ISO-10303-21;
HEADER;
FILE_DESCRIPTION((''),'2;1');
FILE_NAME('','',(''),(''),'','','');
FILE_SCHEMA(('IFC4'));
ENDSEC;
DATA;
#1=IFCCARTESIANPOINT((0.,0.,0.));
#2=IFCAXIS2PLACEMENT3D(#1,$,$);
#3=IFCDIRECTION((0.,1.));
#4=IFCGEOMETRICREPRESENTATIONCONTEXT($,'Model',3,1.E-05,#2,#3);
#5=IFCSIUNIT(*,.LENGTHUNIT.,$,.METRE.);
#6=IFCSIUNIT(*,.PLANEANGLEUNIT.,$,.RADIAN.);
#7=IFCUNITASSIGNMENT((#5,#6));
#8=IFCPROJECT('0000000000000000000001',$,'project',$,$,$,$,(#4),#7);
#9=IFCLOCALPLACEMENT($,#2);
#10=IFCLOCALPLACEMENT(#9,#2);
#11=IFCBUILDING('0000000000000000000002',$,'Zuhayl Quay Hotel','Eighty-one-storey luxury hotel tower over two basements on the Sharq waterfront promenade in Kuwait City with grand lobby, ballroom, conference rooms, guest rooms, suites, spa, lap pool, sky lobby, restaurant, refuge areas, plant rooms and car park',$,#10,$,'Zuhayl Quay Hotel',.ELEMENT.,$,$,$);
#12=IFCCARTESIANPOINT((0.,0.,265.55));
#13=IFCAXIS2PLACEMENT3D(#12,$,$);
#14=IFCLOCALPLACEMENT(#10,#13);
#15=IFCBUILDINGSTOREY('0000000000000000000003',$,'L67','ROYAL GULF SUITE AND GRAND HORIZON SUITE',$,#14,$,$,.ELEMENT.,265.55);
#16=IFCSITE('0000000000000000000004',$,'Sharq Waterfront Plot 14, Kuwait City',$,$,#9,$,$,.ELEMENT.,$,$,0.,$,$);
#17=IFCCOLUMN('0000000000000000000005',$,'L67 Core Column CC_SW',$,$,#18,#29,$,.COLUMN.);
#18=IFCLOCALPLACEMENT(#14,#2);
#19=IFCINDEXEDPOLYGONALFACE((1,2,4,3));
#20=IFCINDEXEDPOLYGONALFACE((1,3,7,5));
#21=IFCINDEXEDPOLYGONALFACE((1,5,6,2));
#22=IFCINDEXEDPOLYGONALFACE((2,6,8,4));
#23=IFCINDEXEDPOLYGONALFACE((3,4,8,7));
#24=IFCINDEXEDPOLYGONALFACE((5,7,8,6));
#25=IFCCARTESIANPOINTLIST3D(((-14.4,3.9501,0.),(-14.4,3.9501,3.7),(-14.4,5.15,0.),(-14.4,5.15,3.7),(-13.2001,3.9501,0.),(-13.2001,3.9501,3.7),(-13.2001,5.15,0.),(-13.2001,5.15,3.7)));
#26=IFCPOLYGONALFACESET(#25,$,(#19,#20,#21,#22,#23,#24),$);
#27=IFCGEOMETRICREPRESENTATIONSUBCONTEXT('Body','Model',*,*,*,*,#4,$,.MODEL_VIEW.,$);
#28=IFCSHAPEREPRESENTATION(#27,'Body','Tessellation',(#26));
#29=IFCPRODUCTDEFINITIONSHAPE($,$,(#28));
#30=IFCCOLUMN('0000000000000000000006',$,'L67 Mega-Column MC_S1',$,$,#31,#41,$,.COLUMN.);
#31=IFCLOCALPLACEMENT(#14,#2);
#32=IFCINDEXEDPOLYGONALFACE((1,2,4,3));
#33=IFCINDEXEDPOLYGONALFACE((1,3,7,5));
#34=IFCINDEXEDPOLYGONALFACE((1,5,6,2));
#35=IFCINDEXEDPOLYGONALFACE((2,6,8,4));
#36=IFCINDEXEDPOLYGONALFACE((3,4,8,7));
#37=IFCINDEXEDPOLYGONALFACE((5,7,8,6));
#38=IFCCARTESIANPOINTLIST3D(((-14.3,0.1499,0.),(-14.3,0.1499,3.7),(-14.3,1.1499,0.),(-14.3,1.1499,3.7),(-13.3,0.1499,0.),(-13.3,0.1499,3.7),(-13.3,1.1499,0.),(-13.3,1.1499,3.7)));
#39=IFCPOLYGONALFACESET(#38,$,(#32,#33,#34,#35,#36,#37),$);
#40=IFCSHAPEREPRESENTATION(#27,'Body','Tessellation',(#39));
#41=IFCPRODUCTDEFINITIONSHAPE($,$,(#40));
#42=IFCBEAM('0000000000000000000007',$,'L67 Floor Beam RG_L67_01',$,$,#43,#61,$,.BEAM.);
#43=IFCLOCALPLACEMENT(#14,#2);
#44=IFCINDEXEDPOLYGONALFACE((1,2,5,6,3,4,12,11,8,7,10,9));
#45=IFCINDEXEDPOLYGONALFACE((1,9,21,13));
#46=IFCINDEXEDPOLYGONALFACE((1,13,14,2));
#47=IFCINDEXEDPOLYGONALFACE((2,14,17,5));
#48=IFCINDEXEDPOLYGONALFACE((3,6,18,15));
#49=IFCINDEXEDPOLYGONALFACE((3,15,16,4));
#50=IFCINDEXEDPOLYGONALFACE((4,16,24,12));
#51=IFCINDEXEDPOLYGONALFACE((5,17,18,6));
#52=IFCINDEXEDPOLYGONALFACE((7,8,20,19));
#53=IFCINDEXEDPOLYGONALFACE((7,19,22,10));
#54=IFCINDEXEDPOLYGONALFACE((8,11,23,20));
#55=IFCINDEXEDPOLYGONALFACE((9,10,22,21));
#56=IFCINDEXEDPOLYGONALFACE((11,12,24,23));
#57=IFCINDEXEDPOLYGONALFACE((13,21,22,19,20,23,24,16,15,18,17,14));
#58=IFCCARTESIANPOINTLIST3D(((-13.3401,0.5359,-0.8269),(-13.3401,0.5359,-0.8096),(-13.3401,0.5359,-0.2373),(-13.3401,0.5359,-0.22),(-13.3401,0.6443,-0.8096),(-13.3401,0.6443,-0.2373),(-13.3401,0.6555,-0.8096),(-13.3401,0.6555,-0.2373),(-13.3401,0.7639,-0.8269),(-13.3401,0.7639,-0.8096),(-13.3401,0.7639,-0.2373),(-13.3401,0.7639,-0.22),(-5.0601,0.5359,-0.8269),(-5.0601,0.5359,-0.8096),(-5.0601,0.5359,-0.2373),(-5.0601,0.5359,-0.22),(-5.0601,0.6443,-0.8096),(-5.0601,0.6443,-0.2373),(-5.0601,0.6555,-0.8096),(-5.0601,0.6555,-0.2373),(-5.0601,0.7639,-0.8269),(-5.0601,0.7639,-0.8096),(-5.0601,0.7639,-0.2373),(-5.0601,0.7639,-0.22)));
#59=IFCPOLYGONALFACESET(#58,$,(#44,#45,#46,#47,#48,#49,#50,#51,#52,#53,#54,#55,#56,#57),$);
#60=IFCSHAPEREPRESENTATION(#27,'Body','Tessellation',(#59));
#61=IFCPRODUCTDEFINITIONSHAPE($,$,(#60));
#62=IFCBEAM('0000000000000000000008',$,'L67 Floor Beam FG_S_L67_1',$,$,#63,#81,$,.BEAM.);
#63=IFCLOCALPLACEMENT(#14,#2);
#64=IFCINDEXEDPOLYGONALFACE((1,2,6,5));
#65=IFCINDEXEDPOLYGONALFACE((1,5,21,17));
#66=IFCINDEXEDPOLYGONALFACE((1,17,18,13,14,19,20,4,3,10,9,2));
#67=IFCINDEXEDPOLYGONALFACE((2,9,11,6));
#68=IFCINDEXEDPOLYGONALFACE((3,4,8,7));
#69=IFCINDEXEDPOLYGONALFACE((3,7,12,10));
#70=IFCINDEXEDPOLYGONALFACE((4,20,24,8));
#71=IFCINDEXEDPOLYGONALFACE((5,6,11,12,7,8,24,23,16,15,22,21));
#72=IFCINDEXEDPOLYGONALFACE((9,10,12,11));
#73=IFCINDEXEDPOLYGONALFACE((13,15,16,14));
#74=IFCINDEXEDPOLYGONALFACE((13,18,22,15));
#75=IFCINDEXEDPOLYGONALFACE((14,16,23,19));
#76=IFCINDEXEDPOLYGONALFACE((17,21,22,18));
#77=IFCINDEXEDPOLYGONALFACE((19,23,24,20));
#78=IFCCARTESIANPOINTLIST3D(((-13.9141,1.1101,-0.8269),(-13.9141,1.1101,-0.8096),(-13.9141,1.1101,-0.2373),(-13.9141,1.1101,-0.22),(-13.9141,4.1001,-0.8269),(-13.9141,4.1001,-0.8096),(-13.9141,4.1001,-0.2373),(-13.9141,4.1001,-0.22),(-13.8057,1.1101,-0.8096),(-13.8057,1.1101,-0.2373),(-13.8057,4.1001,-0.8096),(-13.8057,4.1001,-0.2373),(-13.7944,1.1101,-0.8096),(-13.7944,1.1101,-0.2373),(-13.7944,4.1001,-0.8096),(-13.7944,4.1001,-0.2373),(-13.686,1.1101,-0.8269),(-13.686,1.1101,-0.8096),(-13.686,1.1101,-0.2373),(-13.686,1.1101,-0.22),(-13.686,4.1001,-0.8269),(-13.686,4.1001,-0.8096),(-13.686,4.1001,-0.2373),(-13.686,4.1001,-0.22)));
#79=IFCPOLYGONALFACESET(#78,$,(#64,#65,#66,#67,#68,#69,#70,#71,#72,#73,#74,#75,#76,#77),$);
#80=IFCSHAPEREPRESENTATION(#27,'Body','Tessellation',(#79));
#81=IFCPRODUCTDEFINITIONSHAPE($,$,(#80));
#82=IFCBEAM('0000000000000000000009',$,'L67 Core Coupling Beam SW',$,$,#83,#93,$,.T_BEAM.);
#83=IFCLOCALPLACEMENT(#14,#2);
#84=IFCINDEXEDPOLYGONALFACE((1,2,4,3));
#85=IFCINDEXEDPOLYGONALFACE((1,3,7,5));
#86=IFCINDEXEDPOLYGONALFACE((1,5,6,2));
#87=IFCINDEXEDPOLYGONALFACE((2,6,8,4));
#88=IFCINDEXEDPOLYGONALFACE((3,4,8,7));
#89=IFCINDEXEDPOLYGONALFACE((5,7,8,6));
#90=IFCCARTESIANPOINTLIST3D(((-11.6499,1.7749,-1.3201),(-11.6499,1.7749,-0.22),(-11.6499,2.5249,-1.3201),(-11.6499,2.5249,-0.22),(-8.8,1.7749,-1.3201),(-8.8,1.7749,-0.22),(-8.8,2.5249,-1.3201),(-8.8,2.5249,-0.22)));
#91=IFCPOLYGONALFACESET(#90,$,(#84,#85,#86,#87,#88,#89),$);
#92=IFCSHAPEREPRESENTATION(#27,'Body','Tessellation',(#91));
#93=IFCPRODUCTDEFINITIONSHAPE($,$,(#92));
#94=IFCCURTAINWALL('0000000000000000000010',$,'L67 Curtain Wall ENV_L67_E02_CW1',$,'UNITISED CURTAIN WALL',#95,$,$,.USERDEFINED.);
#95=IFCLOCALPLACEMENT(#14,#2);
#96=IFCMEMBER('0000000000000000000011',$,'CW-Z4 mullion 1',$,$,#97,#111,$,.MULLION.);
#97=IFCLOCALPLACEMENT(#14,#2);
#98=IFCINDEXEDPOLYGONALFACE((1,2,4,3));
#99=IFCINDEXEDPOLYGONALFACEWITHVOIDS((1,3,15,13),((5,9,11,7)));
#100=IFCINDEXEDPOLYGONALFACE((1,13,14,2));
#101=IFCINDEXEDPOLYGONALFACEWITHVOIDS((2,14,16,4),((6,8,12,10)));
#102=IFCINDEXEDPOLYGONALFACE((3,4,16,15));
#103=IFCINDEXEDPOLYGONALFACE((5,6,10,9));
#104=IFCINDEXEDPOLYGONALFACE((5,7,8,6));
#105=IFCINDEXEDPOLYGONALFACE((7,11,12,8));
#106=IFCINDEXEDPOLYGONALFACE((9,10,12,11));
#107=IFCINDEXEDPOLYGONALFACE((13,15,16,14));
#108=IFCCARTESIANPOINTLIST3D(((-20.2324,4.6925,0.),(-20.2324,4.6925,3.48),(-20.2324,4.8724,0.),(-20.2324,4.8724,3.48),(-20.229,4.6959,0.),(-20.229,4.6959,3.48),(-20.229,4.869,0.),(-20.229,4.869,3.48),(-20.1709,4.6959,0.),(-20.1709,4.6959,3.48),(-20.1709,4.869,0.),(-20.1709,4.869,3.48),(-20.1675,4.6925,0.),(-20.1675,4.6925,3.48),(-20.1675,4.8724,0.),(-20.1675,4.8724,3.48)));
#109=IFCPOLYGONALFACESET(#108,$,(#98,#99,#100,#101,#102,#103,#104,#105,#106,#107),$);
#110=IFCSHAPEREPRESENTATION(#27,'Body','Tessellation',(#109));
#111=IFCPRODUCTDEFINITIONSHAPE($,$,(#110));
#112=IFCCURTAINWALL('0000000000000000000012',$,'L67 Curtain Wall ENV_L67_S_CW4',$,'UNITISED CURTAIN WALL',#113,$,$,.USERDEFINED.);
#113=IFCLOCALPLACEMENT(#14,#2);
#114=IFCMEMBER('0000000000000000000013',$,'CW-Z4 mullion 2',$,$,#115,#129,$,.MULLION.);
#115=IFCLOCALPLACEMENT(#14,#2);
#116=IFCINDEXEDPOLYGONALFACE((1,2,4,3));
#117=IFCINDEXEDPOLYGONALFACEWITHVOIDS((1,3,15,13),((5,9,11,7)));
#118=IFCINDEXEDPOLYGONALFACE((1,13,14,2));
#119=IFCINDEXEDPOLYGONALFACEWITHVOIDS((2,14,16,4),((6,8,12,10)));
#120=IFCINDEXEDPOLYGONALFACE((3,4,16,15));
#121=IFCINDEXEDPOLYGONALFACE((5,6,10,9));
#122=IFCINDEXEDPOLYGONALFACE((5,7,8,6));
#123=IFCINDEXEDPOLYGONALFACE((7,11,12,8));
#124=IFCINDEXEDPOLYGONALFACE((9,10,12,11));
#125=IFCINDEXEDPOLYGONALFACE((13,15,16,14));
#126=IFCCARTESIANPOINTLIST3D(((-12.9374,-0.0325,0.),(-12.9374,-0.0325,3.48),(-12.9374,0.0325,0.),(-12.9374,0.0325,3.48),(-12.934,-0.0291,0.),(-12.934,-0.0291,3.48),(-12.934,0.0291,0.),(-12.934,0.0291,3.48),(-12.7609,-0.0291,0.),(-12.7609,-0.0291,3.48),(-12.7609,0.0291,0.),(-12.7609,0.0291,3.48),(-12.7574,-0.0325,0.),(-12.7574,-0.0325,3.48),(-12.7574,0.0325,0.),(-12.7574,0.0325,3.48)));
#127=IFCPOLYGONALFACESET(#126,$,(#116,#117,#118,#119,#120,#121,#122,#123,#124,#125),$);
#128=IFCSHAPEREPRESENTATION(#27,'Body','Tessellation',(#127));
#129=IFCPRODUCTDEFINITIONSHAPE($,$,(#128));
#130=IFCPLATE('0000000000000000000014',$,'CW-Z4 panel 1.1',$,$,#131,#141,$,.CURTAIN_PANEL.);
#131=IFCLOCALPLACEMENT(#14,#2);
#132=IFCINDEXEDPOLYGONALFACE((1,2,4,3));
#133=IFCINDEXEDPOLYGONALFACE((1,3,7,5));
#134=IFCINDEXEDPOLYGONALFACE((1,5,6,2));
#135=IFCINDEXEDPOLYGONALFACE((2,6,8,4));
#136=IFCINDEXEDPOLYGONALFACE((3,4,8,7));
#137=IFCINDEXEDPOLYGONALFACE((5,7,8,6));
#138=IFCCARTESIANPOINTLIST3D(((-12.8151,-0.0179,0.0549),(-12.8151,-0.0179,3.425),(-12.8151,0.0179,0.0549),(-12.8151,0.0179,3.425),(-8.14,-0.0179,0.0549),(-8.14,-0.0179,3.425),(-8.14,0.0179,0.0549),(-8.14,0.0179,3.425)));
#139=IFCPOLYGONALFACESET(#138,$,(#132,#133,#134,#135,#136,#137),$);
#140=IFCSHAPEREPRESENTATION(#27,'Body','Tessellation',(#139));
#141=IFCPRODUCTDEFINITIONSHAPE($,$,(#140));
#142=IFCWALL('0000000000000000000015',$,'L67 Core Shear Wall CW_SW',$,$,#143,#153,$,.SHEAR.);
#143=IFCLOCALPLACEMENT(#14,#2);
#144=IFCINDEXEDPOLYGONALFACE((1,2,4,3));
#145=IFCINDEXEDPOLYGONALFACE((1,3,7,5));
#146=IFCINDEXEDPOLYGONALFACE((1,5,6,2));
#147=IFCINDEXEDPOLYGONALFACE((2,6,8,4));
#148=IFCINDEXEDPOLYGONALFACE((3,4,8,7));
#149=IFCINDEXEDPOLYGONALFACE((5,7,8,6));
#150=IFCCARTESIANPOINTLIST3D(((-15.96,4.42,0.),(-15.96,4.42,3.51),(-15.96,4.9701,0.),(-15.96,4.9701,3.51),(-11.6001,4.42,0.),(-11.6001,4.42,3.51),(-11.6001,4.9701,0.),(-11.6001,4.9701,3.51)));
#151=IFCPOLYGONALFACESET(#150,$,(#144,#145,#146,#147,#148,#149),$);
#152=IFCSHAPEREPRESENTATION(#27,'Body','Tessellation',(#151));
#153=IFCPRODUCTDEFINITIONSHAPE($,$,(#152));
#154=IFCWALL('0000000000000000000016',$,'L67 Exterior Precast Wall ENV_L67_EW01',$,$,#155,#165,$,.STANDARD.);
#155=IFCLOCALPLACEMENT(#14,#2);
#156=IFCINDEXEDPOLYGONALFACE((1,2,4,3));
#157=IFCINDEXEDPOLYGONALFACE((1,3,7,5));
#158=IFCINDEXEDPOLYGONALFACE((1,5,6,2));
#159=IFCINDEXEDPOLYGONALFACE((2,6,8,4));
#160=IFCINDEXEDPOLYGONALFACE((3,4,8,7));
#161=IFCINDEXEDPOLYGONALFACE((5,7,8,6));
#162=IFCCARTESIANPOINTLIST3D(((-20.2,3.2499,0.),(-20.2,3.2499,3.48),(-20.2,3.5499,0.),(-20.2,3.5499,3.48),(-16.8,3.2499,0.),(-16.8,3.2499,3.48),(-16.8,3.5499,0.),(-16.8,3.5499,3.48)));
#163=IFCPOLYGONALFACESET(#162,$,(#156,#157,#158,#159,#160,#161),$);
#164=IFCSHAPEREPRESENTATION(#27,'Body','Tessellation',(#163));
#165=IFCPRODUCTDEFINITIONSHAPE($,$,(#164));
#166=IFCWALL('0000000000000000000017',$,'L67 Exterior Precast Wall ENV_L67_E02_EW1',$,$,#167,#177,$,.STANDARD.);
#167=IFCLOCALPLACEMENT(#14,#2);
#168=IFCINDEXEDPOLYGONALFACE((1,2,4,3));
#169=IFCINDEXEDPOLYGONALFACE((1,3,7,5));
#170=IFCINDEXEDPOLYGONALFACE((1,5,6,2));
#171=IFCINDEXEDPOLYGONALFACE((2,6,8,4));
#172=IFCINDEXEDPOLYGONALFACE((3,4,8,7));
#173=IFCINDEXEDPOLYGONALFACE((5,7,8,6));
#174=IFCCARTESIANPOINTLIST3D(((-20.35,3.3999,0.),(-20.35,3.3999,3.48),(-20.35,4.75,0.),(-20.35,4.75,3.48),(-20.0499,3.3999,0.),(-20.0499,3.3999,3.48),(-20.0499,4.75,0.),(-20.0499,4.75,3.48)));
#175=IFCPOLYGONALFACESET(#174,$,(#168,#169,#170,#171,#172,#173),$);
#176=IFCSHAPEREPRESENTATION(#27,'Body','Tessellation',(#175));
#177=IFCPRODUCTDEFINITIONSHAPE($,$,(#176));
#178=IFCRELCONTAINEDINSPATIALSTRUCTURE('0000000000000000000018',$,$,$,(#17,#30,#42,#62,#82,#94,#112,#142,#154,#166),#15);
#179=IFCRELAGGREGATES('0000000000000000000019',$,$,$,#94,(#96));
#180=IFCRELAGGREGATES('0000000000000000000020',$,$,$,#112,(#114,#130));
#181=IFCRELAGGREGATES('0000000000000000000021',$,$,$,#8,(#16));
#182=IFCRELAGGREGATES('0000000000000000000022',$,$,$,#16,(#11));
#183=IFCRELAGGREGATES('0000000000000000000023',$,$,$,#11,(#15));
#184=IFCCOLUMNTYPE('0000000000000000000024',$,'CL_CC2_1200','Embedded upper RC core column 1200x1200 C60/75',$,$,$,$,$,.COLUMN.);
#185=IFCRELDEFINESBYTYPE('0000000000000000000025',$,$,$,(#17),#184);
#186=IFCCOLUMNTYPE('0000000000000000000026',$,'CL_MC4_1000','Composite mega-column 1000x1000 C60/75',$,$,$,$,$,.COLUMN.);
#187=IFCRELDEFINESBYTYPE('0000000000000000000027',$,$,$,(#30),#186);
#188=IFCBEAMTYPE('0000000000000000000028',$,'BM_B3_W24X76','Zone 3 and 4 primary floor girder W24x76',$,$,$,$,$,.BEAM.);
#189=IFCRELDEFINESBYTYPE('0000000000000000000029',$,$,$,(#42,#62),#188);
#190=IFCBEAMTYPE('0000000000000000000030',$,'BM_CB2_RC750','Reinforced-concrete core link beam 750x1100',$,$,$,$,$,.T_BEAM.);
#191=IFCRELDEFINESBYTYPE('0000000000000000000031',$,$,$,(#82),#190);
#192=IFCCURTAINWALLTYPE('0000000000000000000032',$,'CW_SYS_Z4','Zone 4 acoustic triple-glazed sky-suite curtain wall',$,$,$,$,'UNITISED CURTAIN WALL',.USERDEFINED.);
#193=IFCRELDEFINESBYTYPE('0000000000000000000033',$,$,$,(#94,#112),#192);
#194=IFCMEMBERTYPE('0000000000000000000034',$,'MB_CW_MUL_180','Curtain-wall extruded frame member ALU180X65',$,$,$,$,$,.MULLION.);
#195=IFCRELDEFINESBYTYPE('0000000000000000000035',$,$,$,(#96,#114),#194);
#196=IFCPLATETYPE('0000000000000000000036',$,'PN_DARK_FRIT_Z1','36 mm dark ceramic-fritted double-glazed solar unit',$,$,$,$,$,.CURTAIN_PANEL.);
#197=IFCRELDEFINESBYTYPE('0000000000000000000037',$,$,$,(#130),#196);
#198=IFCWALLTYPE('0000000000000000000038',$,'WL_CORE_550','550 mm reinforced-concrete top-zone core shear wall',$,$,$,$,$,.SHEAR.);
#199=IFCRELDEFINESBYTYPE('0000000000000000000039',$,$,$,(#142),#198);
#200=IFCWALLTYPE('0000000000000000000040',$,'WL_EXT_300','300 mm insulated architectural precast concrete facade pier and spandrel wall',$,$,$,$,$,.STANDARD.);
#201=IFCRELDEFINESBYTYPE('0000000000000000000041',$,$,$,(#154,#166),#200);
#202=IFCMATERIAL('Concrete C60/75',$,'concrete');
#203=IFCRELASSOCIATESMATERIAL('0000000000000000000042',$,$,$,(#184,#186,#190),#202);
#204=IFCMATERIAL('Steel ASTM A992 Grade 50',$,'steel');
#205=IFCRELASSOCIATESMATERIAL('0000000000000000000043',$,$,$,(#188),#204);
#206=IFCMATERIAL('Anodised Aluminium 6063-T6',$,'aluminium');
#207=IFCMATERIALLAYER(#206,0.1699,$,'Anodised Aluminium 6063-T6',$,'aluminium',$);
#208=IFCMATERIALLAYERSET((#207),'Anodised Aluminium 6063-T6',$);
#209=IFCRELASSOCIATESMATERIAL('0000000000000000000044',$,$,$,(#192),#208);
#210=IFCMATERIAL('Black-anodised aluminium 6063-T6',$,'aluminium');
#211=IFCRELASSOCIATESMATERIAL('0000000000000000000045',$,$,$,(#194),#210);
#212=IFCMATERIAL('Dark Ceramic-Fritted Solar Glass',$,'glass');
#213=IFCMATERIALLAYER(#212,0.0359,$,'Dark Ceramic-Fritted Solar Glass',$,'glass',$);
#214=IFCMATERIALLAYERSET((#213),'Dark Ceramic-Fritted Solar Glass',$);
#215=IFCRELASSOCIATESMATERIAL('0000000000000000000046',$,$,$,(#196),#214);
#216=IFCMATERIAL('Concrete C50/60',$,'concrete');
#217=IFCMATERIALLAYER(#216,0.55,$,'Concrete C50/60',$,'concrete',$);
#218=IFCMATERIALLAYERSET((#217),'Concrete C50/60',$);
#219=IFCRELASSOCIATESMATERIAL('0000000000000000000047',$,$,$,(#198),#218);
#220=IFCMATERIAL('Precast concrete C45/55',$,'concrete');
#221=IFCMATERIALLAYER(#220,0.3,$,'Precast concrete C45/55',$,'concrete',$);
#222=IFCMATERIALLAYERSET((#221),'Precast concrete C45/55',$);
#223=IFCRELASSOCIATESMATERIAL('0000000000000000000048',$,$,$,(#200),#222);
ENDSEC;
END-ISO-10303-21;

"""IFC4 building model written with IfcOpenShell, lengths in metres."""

from ifc_helpers import new_model, si_unit, direction, frame, frame_2d, origin, origin_2d, place, context, subcontext, project, spatial, rectangle, hollow_rectangle, i_section, extrude, material, layer, layer_set, material_profile, profile_set, type_object, element, aggregate, save


model = new_model("IFC4")

# Units and contexts
model_context = context("Model", 3, precision=1e-05, world=origin(), true_north=direction((0.0, 1.0)))
body_context = subcontext(model_context, "Body", "Model", "MODEL_VIEW")
ifc_project = project(units=[si_unit("LENGTHUNIT", "METRE"), si_unit("PLANEANGLEUNIT", "RADIAN")], contexts=[model_context])

# Site, building, storey
site_placement = place(None, origin())
site = spatial("IfcSite", under=ifc_project, at=site_placement, Name="Sharq Waterfront Plot 14, Kuwait City", CompositionType="ELEMENT", RefElevation=0.0)
building_placement = place(site_placement, origin())
building = spatial("IfcBuilding", under=site, at=building_placement, Name="Zuhayl Quay Hotel", Description="Eighty-one-storey luxury hotel tower over two basements on the Sharq waterfront promenade in Kuwait City with grand lobby, ballroom, conference rooms, guest rooms, suites, spa, lap pool, sky lobby, restaurant, refuge areas, plant rooms and car park", LongName="Zuhayl Quay Hotel", CompositionType="ELEMENT")
storey_placement = place(building_placement, frame((0.0, 0.0, 265.55)))
storey = spatial("IfcBuildingStorey", under=building, at=storey_placement, Name="L67", Description="ROYAL GULF SUITE AND GRAND HORIZON SUITE", CompositionType="ELEMENT", Elevation=265.55)

# Columns
ifc_material_1 = material(Name="Concrete C60/75", Category="concrete")
ifc_material_profile_1 = material_profile(ifc_material_1, rectangle(XDim=1.2, YDim=1.2, at=origin_2d()), Name="RC1200X1200")
ifc_profile_set_1 = profile_set([ifc_material_profile_1], Name="Concrete C60/75")
column_type_1 = type_object("IfcColumnType", Name="CL_CC2_1200", Description="Embedded upper RC core column 1200x1200 C60/75", PredefinedType="COLUMN", material=ifc_profile_set_1)
column_1_placement = place(storey_placement, frame((-13.8, 4.55, 0.0), z_axis=(0.0, 0.0, 1.0), x_axis=(1.0, 0.0, 0.0)))
element("IfcColumn", 1, at=column_1_placement, inside=storey, type_object=column_type_1, Name="L67 Core Column CC_SW", PredefinedType="COLUMN", context=body_context, shape_type="SweptSolid", body=[
    extrude(rectangle(XDim=1.2, YDim=1.2, at=origin_2d()), origin(), (0.0, 0.0, 1.0), 3.7),
])
ifc_material_profile_2 = material_profile(ifc_material_1, rectangle(XDim=1.0, YDim=1.0, at=origin_2d()), Name="RC1000X1000")
ifc_profile_set_2 = profile_set([ifc_material_profile_2], Name="Concrete C60/75")
column_type_2 = type_object("IfcColumnType", Name="CL_MC4_1000", Description="Composite mega-column 1000x1000 C60/75", PredefinedType="COLUMN", material=ifc_profile_set_2)
column_2_placement = place(storey_placement, frame((-13.8, 0.6499, 0.0), z_axis=(0.0, 0.0, 1.0), x_axis=(1.0, 0.0, 0.0)))
element("IfcColumn", 2, at=column_2_placement, inside=storey, type_object=column_type_2, Name="L67 Mega-Column MC_S1", PredefinedType="COLUMN", context=body_context, shape_type="SweptSolid", body=[
    extrude(rectangle(XDim=1.0, YDim=1.0, at=origin_2d()), origin(), (0.0, 0.0, 1.0), 3.7),
])

# Beams
ifc_material_2 = material(Name="Steel ASTM A992 Grade 50", Category="steel")
ifc_material_profile_3 = material_profile(ifc_material_2, i_section(OverallWidth=0.228, OverallDepth=0.6069, WebThickness=0.0112, FlangeThickness=0.0173, at=origin_2d()), Name="W24X76")
ifc_profile_set_3 = profile_set([ifc_material_profile_3], Name="Steel ASTM A992 Grade 50")
beam_type_1 = type_object("IfcBeamType", Name="BM_B3_W24X76", Description="Zone 3 and 4 primary floor girder W24x76", PredefinedType="BEAM", material=ifc_profile_set_3)
beam_1_placement = place(storey_placement, frame((-13.3401, 0.6499, -0.5234), z_axis=(1.0, 0.0, 0.0), x_axis=(0.0, 1.0, 0.0)))
element("IfcBeam", 3, at=beam_1_placement, inside=storey, type_object=beam_type_1, Name="L67 Floor Beam RG_L67_01", PredefinedType="BEAM", context=body_context, shape_type="SweptSolid", body=[
    extrude(i_section(OverallWidth=0.228, OverallDepth=0.6069, WebThickness=0.0112, FlangeThickness=0.0173, at=origin_2d()), origin(), (0.0, 0.0, 1.0), 8.28),
])
beam_2_placement = place(storey_placement, frame((-13.8, 1.1101, -0.5234), z_axis=(0.0, 1.0, 0.0), x_axis=(-1.0, 0.0, 0.0)))
element("IfcBeam", 4, at=beam_2_placement, inside=storey, type_object=beam_type_1, Name="L67 Floor Beam FG_S_L67_1", PredefinedType="BEAM", context=body_context, shape_type="SweptSolid", body=[
    extrude(i_section(OverallWidth=0.228, OverallDepth=0.6069, WebThickness=0.0112, FlangeThickness=0.0173, at=origin_2d()), origin(), (0.0, 0.0, 1.0), 2.99),
])
ifc_material_profile_4 = material_profile(ifc_material_1, rectangle(XDim=0.75, YDim=1.1001, at=origin_2d()), Name="RC750X1100")
ifc_profile_set_4 = profile_set([ifc_material_profile_4], Name="Concrete C60/75")
beam_type_2 = type_object("IfcBeamType", Name="BM_CB2_RC750", Description="Reinforced-concrete core link beam 750x1100", PredefinedType="T_BEAM", material=ifc_profile_set_4)
beam_3_placement = place(storey_placement, frame((-11.6499, 2.1499, -0.77), z_axis=(1.0, 0.0, 0.0), x_axis=(0.0, 1.0, 0.0)))
element("IfcBeam", 5, at=beam_3_placement, inside=storey, type_object=beam_type_2, Name="L67 Core Coupling Beam SW", PredefinedType="T_BEAM", context=body_context, shape_type="SweptSolid", body=[
    extrude(rectangle(XDim=0.75, YDim=1.1001, at=origin_2d()), origin(), (0.0, 0.0, 1.0), 2.8499),
])

# Curtain wall, member
ifc_material_3 = material(Name="Anodised Aluminium 6063-T6", Category="aluminium")
ifc_layer_1 = layer(ifc_material_3, 0.1699, Name="Anodised Aluminium 6063-T6", Category="aluminium")
ifc_layer_set_1 = layer_set([ifc_layer_1], Name="Anodised Aluminium 6063-T6")
curtain_wall_type = type_object("IfcCurtainWallType", Name="CW_SYS_Z4", Description="Zone 4 acoustic triple-glazed sky-suite curtain wall", ElementType="UNITISED CURTAIN WALL", PredefinedType="USERDEFINED", material=ifc_layer_set_1)
curtain_wall_1_placement = place(storey_placement, origin())
curtain_wall_1 = element("IfcCurtainWall", 6, at=curtain_wall_1_placement, inside=storey, type_object=curtain_wall_type, Name="L67 Curtain Wall ENV_L67_E02_CW1", ObjectType="UNITISED CURTAIN WALL", PredefinedType="USERDEFINED")
ifc_material_4 = material(Name="Black-anodised aluminium 6063-T6", Category="aluminium")
ifc_material_profile_5 = material_profile(ifc_material_4, hollow_rectangle(XDim=0.0649, YDim=0.1799, WallThickness=0.0034, at=origin_2d()), Name="ALU180X65")
ifc_profile_set_5 = profile_set([ifc_material_profile_5], Name="Black-anodised aluminium 6063-T6")
member_type = type_object("IfcMemberType", Name="MB_CW_MUL_180", Description="Curtain-wall extruded frame member ALU180X65", PredefinedType="MULLION", material=ifc_profile_set_5)
member_1_placement = place(storey_placement, frame((-20.2, 4.7825, 0.0), z_axis=(0.0, 0.0, 1.0), x_axis=(-1.0, 0.0, 0.0)))
member_1 = element("IfcMember", 7, at=member_1_placement, type_object=member_type, Name="CW-Z4 mullion 1", PredefinedType="MULLION", context=body_context, shape_type="SweptSolid", body=[
    extrude(hollow_rectangle(XDim=0.0649, YDim=0.1799, WallThickness=0.0034, at=origin_2d()), origin(), (0.0, 0.0, 1.0), 3.48),
])
aggregate(curtain_wall_1, [member_1])

# Curtain wall, member, plate
curtain_wall_2_placement = place(storey_placement, origin())
curtain_wall_2 = element("IfcCurtainWall", 8, at=curtain_wall_2_placement, inside=storey, type_object=curtain_wall_type, Name="L67 Curtain Wall ENV_L67_S_CW4", ObjectType="UNITISED CURTAIN WALL", PredefinedType="USERDEFINED")
member_2_placement = place(storey_placement, frame((-12.8474, 0.0, 0.0), z_axis=(0.0, 0.0, 1.0), x_axis=(0.0, -1.0, 0.0)))
member_2 = element("IfcMember", 9, at=member_2_placement, type_object=member_type, Name="CW-Z4 mullion 2", PredefinedType="MULLION", context=body_context, shape_type="SweptSolid", body=[
    extrude(hollow_rectangle(XDim=0.0649, YDim=0.1799, WallThickness=0.0034, at=origin_2d()), origin(), (0.0, 0.0, 1.0), 3.48),
])
ifc_material_5 = material(Name="Dark Ceramic-Fritted Solar Glass", Category="glass")
ifc_layer_2 = layer(ifc_material_5, 0.0359, Name="Dark Ceramic-Fritted Solar Glass", Category="glass")
ifc_layer_set_2 = layer_set([ifc_layer_2], Name="Dark Ceramic-Fritted Solar Glass")
plate_type = type_object("IfcPlateType", Name="PN_DARK_FRIT_Z1", Description="36 mm dark ceramic-fritted double-glazed solar unit", PredefinedType="CURTAIN_PANEL", material=ifc_layer_set_2)
plate_placement = place(storey_placement, frame((-10.4775, 0.0, 0.0549), z_axis=(0.0, 0.0, 1.0), x_axis=(-1.0, 0.0, 0.0)))
plate = element("IfcPlate", 10, at=plate_placement, type_object=plate_type, Name="CW-Z4 panel 1.1", PredefinedType="CURTAIN_PANEL", context=body_context, shape_type="SweptSolid", body=[
    extrude(rectangle(XDim=4.675, YDim=0.0359, at=origin_2d()), origin(), (0.0, 0.0, 1.0), 3.3701),
])
aggregate(curtain_wall_2, [member_2, plate])

# Walls
ifc_material_6 = material(Name="Concrete C50/60", Category="concrete")
ifc_layer_3 = layer(ifc_material_6, 0.55, Name="Concrete C50/60", Category="concrete")
ifc_layer_set_3 = layer_set([ifc_layer_3], Name="Concrete C50/60")
wall_type_1 = type_object("IfcWallType", Name="WL_CORE_550", Description="550 mm reinforced-concrete top-zone core shear wall", PredefinedType="SHEAR", material=ifc_layer_set_3)
wall_1_placement = place(storey_placement, frame((-15.96, 4.6951, 0.0), z_axis=(0.0, 0.0, 1.0), x_axis=(1.0, 0.0, 0.0)))
element("IfcWall", 11, at=wall_1_placement, inside=storey, type_object=wall_type_1, Name="L67 Core Shear Wall CW_SW", PredefinedType="SHEAR", context=body_context, shape_type="SweptSolid", body=[
    extrude(rectangle(XDim=4.3599, YDim=0.55, at=frame_2d((2.1799, 0.0))), origin(), (0.0, 0.0, 1.0), 3.51),
])
ifc_material_7 = material(Name="Precast concrete C45/55", Category="concrete")
ifc_layer_4 = layer(ifc_material_7, 0.3, Name="Precast concrete C45/55", Category="concrete")
ifc_layer_set_4 = layer_set([ifc_layer_4], Name="Precast concrete C45/55")
wall_type_2 = type_object("IfcWallType", Name="WL_EXT_300", Description="300 mm insulated architectural precast concrete facade pier and spandrel wall", PredefinedType="STANDARD", material=ifc_layer_set_4)
wall_2_placement = place(storey_placement, frame((-16.8, 3.3999, 0.0), z_axis=(0.0, 0.0, 1.0), x_axis=(-1.0, 0.0, 0.0)))
element("IfcWall", 12, at=wall_2_placement, inside=storey, type_object=wall_type_2, Name="L67 Exterior Precast Wall ENV_L67_EW01", PredefinedType="STANDARD", context=body_context, shape_type="SweptSolid", body=[
    extrude(rectangle(XDim=3.3999, YDim=0.3, at=frame_2d((1.7, 0.0))), origin(), (0.0, 0.0, 1.0), 3.48),
])
wall_3_placement = place(storey_placement, frame((-20.2, 3.3999, 0.0), z_axis=(0.0, 0.0, 1.0), x_axis=(0.0, 1.0, 0.0)))
element("IfcWall", 13, at=wall_3_placement, inside=storey, type_object=wall_type_2, Name="L67 Exterior Precast Wall ENV_L67_E02_EW1", PredefinedType="STANDARD", context=body_context, shape_type="SweptSolid", body=[
    extrude(rectangle(XDim=1.3501, YDim=0.3, at=frame_2d((0.675, 0.0))), origin(), (0.0, 0.0, 1.0), 3.48),
])

save(model, "model.ifc")
